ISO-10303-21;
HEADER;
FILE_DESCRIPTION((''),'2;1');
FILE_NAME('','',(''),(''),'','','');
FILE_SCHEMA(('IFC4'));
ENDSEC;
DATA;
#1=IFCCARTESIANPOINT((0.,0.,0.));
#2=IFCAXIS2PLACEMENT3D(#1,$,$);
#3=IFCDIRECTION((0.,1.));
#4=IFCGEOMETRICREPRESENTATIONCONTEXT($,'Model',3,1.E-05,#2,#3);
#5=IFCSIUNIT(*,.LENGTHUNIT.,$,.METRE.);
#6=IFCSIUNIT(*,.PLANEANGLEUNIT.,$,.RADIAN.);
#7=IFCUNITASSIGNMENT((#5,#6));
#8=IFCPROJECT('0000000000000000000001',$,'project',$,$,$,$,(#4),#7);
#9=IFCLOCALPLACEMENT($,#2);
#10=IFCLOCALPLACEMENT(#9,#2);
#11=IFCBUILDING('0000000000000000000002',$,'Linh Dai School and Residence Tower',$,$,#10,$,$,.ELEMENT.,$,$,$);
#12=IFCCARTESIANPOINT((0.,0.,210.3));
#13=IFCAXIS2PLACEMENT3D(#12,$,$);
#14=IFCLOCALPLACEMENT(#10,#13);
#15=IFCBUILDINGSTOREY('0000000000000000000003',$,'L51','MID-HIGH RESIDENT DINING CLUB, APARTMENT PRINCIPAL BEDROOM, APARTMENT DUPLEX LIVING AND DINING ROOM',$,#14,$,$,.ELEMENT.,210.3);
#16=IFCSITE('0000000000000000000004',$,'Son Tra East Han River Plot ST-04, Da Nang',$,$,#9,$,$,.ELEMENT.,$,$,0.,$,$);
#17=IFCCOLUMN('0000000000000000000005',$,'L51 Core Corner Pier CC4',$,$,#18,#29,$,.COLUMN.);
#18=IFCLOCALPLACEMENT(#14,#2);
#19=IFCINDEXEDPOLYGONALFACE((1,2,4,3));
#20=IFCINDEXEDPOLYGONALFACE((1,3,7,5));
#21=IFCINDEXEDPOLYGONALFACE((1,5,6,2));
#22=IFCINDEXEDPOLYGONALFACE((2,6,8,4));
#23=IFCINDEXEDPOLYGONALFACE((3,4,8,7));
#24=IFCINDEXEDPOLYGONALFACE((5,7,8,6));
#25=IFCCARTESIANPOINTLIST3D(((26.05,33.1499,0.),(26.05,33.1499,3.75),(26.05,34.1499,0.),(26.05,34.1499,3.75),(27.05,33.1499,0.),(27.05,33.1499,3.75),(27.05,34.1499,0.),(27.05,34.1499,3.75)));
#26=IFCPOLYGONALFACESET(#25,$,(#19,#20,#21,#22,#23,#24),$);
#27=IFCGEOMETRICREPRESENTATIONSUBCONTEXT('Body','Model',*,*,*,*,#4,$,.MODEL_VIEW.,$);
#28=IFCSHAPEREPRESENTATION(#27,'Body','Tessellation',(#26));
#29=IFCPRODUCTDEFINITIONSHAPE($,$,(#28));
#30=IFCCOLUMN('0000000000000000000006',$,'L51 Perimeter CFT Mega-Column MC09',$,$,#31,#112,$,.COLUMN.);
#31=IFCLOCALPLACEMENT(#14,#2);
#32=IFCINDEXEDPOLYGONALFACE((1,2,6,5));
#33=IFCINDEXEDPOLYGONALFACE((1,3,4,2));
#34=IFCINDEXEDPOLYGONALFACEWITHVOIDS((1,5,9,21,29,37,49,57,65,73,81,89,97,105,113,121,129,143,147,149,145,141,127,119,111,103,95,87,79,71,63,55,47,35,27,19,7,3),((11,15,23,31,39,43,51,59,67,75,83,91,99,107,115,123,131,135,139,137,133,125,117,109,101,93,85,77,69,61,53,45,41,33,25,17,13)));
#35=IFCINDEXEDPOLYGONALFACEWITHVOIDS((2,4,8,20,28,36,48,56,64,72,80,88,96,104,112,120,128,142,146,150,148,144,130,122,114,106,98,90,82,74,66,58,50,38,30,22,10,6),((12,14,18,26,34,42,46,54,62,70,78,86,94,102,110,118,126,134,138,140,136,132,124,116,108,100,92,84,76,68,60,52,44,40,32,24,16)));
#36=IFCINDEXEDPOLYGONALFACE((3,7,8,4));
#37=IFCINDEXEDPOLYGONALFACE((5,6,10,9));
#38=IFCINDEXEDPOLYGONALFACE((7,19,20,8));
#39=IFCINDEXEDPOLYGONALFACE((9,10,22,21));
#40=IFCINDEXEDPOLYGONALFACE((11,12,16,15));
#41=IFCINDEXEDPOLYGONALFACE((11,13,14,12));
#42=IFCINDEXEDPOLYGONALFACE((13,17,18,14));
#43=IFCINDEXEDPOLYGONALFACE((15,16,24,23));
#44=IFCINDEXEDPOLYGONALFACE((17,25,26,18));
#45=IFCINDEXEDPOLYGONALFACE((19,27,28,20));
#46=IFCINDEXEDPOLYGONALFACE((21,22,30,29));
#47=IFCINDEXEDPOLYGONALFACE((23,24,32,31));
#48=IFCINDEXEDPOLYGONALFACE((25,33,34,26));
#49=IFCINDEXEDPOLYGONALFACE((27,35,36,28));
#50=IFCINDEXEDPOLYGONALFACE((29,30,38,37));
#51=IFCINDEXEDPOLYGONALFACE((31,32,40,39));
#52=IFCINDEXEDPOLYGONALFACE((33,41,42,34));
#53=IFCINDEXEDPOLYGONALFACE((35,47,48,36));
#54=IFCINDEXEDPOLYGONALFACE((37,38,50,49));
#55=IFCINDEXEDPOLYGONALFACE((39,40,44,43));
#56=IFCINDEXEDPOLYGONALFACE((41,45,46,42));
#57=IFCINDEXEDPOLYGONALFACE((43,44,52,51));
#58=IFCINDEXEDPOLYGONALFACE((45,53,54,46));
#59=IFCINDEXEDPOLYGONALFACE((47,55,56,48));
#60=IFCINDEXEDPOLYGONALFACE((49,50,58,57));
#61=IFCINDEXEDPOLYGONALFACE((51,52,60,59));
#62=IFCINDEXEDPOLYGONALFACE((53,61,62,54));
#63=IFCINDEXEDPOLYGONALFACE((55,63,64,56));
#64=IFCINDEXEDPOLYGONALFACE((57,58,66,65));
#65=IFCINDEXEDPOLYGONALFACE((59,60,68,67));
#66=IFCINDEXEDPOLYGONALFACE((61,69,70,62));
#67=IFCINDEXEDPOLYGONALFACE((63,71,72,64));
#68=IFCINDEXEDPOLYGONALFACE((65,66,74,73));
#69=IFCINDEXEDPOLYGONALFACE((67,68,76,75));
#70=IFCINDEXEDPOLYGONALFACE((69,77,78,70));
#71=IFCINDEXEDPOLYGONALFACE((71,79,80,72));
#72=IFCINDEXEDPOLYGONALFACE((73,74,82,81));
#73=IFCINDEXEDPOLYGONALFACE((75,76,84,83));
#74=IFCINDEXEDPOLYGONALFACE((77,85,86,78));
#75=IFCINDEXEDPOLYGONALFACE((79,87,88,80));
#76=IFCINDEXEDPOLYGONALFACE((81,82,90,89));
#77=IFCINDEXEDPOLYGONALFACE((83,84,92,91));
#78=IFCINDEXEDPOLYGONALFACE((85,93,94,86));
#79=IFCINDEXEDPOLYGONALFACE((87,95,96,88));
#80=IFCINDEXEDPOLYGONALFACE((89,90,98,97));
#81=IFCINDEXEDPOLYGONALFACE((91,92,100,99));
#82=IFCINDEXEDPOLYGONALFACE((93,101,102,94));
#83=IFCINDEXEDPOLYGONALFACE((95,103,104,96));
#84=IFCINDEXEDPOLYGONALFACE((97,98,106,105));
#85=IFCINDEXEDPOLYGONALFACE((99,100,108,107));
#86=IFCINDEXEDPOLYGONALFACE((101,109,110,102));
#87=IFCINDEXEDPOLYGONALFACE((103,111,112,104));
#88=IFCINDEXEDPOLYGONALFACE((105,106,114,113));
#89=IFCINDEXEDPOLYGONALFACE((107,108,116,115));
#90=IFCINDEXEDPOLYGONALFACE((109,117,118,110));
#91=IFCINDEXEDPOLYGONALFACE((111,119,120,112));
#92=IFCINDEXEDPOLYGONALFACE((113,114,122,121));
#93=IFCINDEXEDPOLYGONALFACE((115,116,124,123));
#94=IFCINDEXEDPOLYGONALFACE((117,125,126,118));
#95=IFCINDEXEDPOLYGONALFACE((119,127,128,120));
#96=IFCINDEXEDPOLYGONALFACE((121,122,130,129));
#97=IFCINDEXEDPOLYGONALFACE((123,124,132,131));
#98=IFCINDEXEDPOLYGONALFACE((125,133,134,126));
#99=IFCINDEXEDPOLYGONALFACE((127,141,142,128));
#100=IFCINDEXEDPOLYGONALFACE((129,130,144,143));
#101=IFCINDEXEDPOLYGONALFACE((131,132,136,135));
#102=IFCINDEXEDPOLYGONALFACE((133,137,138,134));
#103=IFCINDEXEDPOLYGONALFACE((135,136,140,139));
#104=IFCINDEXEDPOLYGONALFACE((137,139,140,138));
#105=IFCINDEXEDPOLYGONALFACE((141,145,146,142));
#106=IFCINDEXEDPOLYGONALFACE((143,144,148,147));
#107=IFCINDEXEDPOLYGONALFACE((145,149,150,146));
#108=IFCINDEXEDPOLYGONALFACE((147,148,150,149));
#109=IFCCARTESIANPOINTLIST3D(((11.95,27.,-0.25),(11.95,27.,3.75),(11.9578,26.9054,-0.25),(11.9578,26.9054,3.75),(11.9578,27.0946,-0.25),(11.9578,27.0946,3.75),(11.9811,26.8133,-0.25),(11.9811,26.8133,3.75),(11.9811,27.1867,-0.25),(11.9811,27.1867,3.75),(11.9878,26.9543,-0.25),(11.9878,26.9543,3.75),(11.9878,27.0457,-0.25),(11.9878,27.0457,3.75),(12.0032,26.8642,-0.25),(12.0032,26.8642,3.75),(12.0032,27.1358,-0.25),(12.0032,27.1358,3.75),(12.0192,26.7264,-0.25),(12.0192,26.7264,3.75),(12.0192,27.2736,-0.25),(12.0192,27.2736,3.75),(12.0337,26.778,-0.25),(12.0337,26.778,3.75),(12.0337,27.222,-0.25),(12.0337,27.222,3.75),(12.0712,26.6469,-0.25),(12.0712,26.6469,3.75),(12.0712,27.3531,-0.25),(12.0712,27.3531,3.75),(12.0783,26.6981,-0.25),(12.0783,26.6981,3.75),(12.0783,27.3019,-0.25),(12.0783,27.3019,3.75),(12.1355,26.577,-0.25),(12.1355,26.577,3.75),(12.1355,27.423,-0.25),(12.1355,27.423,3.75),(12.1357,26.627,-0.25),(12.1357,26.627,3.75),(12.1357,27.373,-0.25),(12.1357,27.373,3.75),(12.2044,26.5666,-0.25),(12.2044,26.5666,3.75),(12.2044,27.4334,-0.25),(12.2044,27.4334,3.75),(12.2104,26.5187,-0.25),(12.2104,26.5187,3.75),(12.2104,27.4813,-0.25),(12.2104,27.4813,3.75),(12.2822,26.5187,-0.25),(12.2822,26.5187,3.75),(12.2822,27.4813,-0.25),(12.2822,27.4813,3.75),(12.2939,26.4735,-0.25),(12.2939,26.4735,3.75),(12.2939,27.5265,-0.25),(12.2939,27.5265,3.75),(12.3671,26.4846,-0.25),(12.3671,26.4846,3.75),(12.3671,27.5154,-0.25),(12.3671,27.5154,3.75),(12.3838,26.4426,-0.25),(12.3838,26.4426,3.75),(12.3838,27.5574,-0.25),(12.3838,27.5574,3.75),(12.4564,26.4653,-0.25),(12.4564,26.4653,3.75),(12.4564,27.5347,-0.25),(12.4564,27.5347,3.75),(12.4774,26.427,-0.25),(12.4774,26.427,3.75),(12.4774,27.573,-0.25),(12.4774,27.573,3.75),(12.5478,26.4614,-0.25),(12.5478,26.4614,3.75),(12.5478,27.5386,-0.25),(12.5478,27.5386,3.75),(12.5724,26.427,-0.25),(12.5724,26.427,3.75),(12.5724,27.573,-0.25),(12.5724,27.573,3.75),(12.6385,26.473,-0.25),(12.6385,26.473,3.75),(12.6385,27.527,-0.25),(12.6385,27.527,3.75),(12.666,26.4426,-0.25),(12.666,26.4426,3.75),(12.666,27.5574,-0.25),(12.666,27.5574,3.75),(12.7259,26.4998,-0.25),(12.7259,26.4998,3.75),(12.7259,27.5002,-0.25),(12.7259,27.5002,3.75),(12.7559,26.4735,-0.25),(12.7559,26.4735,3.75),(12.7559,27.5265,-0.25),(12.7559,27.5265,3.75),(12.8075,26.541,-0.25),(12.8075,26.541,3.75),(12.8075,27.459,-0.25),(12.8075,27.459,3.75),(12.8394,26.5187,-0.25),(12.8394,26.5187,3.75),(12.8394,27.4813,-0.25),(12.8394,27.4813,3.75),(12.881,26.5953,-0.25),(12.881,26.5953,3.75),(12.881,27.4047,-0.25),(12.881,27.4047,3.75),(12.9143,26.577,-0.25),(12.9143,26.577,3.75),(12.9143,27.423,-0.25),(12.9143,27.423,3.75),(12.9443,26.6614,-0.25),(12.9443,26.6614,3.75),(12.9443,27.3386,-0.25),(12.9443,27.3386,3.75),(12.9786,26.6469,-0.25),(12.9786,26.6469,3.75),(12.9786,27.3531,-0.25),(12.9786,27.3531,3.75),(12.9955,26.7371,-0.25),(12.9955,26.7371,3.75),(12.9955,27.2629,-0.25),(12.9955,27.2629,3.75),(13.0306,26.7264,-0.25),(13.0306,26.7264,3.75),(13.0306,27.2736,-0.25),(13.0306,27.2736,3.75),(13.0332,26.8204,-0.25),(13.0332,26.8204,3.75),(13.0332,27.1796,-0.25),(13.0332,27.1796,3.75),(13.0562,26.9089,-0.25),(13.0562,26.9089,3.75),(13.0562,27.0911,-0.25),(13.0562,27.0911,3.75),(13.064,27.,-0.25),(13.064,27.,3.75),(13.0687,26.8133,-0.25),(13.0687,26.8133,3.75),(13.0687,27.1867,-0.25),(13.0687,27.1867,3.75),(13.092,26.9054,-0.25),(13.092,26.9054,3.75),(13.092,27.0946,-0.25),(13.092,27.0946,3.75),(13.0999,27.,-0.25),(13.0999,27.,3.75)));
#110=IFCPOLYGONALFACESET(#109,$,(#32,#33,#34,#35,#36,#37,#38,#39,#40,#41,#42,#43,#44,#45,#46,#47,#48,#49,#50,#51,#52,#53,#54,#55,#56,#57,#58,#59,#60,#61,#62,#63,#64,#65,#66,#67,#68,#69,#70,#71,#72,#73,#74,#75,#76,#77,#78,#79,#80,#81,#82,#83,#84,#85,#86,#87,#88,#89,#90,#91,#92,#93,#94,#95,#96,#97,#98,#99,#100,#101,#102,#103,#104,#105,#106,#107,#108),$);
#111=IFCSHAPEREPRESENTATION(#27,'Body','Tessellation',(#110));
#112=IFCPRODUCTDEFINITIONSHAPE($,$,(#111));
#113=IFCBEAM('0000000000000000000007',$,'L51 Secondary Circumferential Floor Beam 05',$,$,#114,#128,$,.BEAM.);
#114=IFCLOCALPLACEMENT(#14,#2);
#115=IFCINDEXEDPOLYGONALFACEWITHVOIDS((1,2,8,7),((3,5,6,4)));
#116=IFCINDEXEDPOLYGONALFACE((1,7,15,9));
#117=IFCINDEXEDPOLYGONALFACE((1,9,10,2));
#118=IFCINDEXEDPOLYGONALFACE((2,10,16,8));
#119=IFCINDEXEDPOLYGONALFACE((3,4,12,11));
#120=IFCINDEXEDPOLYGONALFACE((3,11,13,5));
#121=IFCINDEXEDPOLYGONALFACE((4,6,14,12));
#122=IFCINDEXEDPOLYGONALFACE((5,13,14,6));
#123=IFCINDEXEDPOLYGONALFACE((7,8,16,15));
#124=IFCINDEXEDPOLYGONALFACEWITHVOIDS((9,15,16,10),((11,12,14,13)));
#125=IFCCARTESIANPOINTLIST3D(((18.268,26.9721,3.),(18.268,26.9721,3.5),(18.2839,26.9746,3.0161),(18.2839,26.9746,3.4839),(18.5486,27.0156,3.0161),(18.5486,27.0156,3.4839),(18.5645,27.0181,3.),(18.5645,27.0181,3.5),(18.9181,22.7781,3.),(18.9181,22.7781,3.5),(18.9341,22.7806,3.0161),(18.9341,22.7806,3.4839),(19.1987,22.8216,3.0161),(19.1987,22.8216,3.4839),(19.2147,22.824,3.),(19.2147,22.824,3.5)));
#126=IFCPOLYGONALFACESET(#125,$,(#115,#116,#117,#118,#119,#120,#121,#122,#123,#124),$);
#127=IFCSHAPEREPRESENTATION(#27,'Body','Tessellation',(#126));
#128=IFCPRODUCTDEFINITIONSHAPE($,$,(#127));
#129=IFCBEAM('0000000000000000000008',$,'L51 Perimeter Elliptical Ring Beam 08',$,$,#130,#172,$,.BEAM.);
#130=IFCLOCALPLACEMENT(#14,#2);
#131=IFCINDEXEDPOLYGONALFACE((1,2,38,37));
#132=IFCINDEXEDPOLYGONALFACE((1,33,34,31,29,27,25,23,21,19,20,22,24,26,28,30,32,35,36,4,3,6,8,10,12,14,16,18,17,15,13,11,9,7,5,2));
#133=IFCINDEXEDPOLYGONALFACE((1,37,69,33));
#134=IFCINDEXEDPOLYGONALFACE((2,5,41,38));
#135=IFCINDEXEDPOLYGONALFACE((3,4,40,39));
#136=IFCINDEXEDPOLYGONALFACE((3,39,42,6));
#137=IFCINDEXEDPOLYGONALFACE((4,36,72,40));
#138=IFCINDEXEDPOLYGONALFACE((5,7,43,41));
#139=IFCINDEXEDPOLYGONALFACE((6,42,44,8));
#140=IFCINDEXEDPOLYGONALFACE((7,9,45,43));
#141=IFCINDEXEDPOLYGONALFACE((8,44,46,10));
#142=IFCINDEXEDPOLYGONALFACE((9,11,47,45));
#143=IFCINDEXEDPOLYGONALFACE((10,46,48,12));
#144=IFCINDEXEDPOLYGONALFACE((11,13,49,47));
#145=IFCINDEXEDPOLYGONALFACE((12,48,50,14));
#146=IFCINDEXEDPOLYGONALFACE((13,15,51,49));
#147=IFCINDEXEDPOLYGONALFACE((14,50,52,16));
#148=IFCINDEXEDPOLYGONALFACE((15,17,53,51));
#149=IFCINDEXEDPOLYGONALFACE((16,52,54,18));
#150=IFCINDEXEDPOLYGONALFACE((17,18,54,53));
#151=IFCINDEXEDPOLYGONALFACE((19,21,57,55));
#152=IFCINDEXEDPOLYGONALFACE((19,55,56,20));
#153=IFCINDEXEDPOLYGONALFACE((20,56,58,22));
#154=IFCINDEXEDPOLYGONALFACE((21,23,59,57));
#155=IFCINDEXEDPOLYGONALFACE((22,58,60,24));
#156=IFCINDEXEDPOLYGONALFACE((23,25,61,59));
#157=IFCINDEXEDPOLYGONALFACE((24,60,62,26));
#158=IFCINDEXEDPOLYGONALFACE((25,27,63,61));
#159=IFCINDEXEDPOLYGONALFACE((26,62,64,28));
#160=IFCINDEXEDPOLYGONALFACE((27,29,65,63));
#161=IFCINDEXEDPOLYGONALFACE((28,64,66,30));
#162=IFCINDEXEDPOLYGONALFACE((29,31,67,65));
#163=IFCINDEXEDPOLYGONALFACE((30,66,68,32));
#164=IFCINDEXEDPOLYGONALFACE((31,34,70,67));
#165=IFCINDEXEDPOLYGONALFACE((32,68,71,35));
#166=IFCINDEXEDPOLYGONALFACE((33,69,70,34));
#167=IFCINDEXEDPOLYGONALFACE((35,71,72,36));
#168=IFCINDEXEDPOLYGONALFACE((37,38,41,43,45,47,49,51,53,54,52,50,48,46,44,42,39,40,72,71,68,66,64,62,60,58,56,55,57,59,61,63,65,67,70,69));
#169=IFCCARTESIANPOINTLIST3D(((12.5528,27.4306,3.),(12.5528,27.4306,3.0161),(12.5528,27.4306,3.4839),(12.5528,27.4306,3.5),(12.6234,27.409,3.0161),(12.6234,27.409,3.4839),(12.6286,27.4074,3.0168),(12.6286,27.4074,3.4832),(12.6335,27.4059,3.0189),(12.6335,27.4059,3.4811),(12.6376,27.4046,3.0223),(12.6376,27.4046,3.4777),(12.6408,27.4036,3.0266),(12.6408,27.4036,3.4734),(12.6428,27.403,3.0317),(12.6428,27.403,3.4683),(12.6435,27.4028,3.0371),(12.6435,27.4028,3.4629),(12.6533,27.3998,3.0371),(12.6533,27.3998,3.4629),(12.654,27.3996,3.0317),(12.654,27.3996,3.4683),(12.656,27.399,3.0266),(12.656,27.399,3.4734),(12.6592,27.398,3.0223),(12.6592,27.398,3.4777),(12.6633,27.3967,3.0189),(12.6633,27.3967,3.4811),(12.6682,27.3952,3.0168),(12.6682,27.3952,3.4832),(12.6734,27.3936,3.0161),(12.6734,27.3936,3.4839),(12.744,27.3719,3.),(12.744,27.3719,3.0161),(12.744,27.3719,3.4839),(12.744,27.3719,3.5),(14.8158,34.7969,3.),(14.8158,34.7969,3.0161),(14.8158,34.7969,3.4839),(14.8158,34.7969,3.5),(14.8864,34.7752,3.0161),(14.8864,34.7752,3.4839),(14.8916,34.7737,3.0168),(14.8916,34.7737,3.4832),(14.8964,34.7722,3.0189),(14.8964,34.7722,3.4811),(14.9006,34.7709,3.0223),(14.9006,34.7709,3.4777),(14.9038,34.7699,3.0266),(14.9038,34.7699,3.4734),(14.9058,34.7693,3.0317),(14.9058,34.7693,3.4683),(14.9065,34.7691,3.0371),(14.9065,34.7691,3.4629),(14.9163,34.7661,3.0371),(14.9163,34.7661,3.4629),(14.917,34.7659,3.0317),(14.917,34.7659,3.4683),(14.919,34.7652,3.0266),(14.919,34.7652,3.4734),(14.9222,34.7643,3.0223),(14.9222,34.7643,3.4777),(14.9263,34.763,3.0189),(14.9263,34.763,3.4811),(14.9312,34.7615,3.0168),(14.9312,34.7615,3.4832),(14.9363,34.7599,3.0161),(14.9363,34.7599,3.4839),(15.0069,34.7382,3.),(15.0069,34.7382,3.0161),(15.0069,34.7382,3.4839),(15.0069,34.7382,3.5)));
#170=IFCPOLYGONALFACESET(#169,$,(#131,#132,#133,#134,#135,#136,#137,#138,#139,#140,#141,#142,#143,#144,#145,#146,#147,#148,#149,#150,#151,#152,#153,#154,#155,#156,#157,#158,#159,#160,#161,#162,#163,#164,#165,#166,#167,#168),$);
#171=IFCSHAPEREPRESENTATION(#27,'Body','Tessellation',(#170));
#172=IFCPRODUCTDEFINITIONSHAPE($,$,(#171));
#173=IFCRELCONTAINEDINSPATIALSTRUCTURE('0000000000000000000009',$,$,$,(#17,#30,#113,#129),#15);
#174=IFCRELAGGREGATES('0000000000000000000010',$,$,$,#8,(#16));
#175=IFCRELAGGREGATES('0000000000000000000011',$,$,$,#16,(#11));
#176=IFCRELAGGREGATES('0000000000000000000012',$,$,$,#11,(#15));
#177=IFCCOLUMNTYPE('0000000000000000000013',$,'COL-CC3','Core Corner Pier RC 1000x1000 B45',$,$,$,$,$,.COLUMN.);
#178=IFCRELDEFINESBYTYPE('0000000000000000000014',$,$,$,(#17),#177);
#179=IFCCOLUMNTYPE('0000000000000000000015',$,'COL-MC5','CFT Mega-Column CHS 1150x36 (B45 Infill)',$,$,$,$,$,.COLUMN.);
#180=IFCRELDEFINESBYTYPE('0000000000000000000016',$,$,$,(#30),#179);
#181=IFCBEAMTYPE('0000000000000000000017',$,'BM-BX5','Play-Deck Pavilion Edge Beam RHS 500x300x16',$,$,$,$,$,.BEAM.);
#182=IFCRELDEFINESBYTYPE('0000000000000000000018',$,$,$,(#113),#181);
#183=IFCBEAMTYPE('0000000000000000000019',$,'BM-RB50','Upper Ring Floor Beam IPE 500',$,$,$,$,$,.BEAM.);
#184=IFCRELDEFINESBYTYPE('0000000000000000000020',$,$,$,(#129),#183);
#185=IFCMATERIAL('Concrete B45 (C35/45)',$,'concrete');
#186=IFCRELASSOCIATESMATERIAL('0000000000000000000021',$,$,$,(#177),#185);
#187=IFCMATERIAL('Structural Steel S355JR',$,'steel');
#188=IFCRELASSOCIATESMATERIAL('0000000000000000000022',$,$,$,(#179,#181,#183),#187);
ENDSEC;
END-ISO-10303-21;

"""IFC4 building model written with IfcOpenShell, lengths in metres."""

from ifc_helpers import new_model, si_unit, direction, frame, origin, origin_2d, place, context, subcontext, project, spatial, rectangle, hollow_rectangle, hollow_circle, i_section, extrude, material, material_profile, profile_set, type_object, element, save


model = new_model("IFC4")

# Units and contexts
model_context = context("Model", 3, precision=1e-05, world=origin(), true_north=direction((0.0, 1.0)))
body_context = subcontext(model_context, "Body", "Model", "MODEL_VIEW")
ifc_project = project(units=[si_unit("LENGTHUNIT", "METRE"), si_unit("PLANEANGLEUNIT", "RADIAN")], contexts=[model_context])

# Site, building, storey
site_placement = place(None, origin())
site = spatial("IfcSite", under=ifc_project, at=site_placement, Name="Son Tra East Han River Plot ST-04, Da Nang", CompositionType="ELEMENT", RefElevation=0.0)
building_placement = place(site_placement, origin())
building = spatial("IfcBuilding", under=site, at=building_placement, Name="Linh Dai School and Residence Tower", CompositionType="ELEMENT")
storey_placement = place(building_placement, frame((0.0, 0.0, 210.3)))
storey = spatial("IfcBuildingStorey", under=building, at=storey_placement, Name="L51", Description="MID-HIGH RESIDENT DINING CLUB, APARTMENT PRINCIPAL BEDROOM, APARTMENT DUPLEX LIVING AND DINING ROOM", CompositionType="ELEMENT", Elevation=210.3)

# Columns
ifc_material_1 = material(Name="Concrete B45 (C35/45)", Category="concrete")
ifc_material_profile_1 = material_profile(ifc_material_1, rectangle(XDim=1.0, YDim=1.0, at=origin_2d()), Name="RC 1000x1000")
ifc_profile_set_1 = profile_set([ifc_material_profile_1], Name="Concrete B45 (C35/45)")
column_type_1 = type_object("IfcColumnType", Name="COL-CC3", Description="Core Corner Pier RC 1000x1000 B45", PredefinedType="COLUMN", material=ifc_profile_set_1)
column_1_placement = place(storey_placement, frame((26.55, 33.6499, 0.0), z_axis=(0.0, 0.0, 1.0), x_axis=(1.0, 0.0, 0.0)))
element("IfcColumn", 1, at=column_1_placement, inside=storey, type_object=column_type_1, Name="L51 Core Corner Pier CC4", PredefinedType="COLUMN", context=body_context, shape_type="SweptSolid", body=[
    extrude(rectangle(XDim=1.0, YDim=1.0, at=origin_2d()), origin(), (0.0, 0.0, 1.0), 3.75),
])
ifc_material_2 = material(Name="Structural Steel S355JR", Category="steel")
ifc_material_profile_2 = material_profile(ifc_material_2, hollow_circle(Radius=0.575, WallThickness=0.0359, at=origin_2d()), Name="CHS 1150x36")
ifc_profile_set_2 = profile_set([ifc_material_profile_2], Name="Structural Steel S355JR")
column_type_2 = type_object("IfcColumnType", Name="COL-MC5", Description="CFT Mega-Column CHS 1150x36 (B45 Infill)", PredefinedType="COLUMN", material=ifc_profile_set_2)
column_2_placement = place(storey_placement, frame((12.5249, 27.0, -0.25), z_axis=(0.0, 0.0, 1.0), x_axis=(1.0, 0.0, 0.0)))
element("IfcColumn", 2, at=column_2_placement, inside=storey, type_object=column_type_2, Name="L51 Perimeter CFT Mega-Column MC09", PredefinedType="COLUMN", context=body_context, shape_type="SweptSolid", body=[
    extrude(hollow_circle(Radius=0.575, WallThickness=0.0359, at=origin_2d()), origin(), (0.0, 0.0, 1.0), 4.0),
])

# Beams
ifc_material_profile_3 = material_profile(ifc_material_2, hollow_rectangle(XDim=0.3, YDim=0.5, WallThickness=0.0161, at=origin_2d()), Name="RHS 500x300x16")
ifc_profile_set_3 = profile_set([ifc_material_profile_3], Name="Structural Steel S355JR")
beam_type_1 = type_object("IfcBeamType", Name="BM-BX5", Description="Play-Deck Pavilion Edge Beam RHS 500x300x16", PredefinedType="BEAM", material=ifc_profile_set_3)
beam_1_placement = place(storey_placement, frame((18.4163, 26.9951, 3.25), z_axis=(0.153185, -0.988197, 0.0), x_axis=(0.988197, 0.153185, 0.0)))
element("IfcBeam", 3, at=beam_1_placement, inside=storey, type_object=beam_type_1, Name="L51 Secondary Circumferential Floor Beam 05", PredefinedType="BEAM", context=body_context, shape_type="SweptSolid", body=[
    extrude(hollow_rectangle(XDim=0.3, YDim=0.5, WallThickness=0.0161, at=origin_2d()), origin(), (0.0, 0.0, 1.0), 4.2441),
])
ifc_material_profile_4 = material_profile(ifc_material_2, i_section(OverallWidth=0.2, OverallDepth=0.5, WebThickness=0.0103, FlangeThickness=0.0161, FilletRadius=0.021, at=origin_2d()), Name="IPE 500")
ifc_profile_set_4 = profile_set([ifc_material_profile_4], Name="Structural Steel S355JR")
beam_type_2 = type_object("IfcBeamType", Name="BM-RB50", Description="Upper Ring Floor Beam IPE 500", PredefinedType="BEAM", material=ifc_profile_set_4)
beam_2_placement = place(storey_placement, frame((14.9114, 34.7676, 3.25), z_axis=(-0.293661, -0.95591, 0.0), x_axis=(0.95591, -0.293661, 0.0)))
element("IfcBeam", 4, at=beam_2_placement, inside=storey, type_object=beam_type_2, Name="L51 Perimeter Elliptical Ring Beam 08", PredefinedType="BEAM", context=body_context, shape_type="SweptSolid", body=[
    extrude(i_section(OverallWidth=0.2, OverallDepth=0.5, WebThickness=0.0103, FlangeThickness=0.0161, FilletRadius=0.021, at=origin_2d()), origin(), (0.0, 0.0, 1.0), 7.7061),
])

save(model, "model.ifc")
